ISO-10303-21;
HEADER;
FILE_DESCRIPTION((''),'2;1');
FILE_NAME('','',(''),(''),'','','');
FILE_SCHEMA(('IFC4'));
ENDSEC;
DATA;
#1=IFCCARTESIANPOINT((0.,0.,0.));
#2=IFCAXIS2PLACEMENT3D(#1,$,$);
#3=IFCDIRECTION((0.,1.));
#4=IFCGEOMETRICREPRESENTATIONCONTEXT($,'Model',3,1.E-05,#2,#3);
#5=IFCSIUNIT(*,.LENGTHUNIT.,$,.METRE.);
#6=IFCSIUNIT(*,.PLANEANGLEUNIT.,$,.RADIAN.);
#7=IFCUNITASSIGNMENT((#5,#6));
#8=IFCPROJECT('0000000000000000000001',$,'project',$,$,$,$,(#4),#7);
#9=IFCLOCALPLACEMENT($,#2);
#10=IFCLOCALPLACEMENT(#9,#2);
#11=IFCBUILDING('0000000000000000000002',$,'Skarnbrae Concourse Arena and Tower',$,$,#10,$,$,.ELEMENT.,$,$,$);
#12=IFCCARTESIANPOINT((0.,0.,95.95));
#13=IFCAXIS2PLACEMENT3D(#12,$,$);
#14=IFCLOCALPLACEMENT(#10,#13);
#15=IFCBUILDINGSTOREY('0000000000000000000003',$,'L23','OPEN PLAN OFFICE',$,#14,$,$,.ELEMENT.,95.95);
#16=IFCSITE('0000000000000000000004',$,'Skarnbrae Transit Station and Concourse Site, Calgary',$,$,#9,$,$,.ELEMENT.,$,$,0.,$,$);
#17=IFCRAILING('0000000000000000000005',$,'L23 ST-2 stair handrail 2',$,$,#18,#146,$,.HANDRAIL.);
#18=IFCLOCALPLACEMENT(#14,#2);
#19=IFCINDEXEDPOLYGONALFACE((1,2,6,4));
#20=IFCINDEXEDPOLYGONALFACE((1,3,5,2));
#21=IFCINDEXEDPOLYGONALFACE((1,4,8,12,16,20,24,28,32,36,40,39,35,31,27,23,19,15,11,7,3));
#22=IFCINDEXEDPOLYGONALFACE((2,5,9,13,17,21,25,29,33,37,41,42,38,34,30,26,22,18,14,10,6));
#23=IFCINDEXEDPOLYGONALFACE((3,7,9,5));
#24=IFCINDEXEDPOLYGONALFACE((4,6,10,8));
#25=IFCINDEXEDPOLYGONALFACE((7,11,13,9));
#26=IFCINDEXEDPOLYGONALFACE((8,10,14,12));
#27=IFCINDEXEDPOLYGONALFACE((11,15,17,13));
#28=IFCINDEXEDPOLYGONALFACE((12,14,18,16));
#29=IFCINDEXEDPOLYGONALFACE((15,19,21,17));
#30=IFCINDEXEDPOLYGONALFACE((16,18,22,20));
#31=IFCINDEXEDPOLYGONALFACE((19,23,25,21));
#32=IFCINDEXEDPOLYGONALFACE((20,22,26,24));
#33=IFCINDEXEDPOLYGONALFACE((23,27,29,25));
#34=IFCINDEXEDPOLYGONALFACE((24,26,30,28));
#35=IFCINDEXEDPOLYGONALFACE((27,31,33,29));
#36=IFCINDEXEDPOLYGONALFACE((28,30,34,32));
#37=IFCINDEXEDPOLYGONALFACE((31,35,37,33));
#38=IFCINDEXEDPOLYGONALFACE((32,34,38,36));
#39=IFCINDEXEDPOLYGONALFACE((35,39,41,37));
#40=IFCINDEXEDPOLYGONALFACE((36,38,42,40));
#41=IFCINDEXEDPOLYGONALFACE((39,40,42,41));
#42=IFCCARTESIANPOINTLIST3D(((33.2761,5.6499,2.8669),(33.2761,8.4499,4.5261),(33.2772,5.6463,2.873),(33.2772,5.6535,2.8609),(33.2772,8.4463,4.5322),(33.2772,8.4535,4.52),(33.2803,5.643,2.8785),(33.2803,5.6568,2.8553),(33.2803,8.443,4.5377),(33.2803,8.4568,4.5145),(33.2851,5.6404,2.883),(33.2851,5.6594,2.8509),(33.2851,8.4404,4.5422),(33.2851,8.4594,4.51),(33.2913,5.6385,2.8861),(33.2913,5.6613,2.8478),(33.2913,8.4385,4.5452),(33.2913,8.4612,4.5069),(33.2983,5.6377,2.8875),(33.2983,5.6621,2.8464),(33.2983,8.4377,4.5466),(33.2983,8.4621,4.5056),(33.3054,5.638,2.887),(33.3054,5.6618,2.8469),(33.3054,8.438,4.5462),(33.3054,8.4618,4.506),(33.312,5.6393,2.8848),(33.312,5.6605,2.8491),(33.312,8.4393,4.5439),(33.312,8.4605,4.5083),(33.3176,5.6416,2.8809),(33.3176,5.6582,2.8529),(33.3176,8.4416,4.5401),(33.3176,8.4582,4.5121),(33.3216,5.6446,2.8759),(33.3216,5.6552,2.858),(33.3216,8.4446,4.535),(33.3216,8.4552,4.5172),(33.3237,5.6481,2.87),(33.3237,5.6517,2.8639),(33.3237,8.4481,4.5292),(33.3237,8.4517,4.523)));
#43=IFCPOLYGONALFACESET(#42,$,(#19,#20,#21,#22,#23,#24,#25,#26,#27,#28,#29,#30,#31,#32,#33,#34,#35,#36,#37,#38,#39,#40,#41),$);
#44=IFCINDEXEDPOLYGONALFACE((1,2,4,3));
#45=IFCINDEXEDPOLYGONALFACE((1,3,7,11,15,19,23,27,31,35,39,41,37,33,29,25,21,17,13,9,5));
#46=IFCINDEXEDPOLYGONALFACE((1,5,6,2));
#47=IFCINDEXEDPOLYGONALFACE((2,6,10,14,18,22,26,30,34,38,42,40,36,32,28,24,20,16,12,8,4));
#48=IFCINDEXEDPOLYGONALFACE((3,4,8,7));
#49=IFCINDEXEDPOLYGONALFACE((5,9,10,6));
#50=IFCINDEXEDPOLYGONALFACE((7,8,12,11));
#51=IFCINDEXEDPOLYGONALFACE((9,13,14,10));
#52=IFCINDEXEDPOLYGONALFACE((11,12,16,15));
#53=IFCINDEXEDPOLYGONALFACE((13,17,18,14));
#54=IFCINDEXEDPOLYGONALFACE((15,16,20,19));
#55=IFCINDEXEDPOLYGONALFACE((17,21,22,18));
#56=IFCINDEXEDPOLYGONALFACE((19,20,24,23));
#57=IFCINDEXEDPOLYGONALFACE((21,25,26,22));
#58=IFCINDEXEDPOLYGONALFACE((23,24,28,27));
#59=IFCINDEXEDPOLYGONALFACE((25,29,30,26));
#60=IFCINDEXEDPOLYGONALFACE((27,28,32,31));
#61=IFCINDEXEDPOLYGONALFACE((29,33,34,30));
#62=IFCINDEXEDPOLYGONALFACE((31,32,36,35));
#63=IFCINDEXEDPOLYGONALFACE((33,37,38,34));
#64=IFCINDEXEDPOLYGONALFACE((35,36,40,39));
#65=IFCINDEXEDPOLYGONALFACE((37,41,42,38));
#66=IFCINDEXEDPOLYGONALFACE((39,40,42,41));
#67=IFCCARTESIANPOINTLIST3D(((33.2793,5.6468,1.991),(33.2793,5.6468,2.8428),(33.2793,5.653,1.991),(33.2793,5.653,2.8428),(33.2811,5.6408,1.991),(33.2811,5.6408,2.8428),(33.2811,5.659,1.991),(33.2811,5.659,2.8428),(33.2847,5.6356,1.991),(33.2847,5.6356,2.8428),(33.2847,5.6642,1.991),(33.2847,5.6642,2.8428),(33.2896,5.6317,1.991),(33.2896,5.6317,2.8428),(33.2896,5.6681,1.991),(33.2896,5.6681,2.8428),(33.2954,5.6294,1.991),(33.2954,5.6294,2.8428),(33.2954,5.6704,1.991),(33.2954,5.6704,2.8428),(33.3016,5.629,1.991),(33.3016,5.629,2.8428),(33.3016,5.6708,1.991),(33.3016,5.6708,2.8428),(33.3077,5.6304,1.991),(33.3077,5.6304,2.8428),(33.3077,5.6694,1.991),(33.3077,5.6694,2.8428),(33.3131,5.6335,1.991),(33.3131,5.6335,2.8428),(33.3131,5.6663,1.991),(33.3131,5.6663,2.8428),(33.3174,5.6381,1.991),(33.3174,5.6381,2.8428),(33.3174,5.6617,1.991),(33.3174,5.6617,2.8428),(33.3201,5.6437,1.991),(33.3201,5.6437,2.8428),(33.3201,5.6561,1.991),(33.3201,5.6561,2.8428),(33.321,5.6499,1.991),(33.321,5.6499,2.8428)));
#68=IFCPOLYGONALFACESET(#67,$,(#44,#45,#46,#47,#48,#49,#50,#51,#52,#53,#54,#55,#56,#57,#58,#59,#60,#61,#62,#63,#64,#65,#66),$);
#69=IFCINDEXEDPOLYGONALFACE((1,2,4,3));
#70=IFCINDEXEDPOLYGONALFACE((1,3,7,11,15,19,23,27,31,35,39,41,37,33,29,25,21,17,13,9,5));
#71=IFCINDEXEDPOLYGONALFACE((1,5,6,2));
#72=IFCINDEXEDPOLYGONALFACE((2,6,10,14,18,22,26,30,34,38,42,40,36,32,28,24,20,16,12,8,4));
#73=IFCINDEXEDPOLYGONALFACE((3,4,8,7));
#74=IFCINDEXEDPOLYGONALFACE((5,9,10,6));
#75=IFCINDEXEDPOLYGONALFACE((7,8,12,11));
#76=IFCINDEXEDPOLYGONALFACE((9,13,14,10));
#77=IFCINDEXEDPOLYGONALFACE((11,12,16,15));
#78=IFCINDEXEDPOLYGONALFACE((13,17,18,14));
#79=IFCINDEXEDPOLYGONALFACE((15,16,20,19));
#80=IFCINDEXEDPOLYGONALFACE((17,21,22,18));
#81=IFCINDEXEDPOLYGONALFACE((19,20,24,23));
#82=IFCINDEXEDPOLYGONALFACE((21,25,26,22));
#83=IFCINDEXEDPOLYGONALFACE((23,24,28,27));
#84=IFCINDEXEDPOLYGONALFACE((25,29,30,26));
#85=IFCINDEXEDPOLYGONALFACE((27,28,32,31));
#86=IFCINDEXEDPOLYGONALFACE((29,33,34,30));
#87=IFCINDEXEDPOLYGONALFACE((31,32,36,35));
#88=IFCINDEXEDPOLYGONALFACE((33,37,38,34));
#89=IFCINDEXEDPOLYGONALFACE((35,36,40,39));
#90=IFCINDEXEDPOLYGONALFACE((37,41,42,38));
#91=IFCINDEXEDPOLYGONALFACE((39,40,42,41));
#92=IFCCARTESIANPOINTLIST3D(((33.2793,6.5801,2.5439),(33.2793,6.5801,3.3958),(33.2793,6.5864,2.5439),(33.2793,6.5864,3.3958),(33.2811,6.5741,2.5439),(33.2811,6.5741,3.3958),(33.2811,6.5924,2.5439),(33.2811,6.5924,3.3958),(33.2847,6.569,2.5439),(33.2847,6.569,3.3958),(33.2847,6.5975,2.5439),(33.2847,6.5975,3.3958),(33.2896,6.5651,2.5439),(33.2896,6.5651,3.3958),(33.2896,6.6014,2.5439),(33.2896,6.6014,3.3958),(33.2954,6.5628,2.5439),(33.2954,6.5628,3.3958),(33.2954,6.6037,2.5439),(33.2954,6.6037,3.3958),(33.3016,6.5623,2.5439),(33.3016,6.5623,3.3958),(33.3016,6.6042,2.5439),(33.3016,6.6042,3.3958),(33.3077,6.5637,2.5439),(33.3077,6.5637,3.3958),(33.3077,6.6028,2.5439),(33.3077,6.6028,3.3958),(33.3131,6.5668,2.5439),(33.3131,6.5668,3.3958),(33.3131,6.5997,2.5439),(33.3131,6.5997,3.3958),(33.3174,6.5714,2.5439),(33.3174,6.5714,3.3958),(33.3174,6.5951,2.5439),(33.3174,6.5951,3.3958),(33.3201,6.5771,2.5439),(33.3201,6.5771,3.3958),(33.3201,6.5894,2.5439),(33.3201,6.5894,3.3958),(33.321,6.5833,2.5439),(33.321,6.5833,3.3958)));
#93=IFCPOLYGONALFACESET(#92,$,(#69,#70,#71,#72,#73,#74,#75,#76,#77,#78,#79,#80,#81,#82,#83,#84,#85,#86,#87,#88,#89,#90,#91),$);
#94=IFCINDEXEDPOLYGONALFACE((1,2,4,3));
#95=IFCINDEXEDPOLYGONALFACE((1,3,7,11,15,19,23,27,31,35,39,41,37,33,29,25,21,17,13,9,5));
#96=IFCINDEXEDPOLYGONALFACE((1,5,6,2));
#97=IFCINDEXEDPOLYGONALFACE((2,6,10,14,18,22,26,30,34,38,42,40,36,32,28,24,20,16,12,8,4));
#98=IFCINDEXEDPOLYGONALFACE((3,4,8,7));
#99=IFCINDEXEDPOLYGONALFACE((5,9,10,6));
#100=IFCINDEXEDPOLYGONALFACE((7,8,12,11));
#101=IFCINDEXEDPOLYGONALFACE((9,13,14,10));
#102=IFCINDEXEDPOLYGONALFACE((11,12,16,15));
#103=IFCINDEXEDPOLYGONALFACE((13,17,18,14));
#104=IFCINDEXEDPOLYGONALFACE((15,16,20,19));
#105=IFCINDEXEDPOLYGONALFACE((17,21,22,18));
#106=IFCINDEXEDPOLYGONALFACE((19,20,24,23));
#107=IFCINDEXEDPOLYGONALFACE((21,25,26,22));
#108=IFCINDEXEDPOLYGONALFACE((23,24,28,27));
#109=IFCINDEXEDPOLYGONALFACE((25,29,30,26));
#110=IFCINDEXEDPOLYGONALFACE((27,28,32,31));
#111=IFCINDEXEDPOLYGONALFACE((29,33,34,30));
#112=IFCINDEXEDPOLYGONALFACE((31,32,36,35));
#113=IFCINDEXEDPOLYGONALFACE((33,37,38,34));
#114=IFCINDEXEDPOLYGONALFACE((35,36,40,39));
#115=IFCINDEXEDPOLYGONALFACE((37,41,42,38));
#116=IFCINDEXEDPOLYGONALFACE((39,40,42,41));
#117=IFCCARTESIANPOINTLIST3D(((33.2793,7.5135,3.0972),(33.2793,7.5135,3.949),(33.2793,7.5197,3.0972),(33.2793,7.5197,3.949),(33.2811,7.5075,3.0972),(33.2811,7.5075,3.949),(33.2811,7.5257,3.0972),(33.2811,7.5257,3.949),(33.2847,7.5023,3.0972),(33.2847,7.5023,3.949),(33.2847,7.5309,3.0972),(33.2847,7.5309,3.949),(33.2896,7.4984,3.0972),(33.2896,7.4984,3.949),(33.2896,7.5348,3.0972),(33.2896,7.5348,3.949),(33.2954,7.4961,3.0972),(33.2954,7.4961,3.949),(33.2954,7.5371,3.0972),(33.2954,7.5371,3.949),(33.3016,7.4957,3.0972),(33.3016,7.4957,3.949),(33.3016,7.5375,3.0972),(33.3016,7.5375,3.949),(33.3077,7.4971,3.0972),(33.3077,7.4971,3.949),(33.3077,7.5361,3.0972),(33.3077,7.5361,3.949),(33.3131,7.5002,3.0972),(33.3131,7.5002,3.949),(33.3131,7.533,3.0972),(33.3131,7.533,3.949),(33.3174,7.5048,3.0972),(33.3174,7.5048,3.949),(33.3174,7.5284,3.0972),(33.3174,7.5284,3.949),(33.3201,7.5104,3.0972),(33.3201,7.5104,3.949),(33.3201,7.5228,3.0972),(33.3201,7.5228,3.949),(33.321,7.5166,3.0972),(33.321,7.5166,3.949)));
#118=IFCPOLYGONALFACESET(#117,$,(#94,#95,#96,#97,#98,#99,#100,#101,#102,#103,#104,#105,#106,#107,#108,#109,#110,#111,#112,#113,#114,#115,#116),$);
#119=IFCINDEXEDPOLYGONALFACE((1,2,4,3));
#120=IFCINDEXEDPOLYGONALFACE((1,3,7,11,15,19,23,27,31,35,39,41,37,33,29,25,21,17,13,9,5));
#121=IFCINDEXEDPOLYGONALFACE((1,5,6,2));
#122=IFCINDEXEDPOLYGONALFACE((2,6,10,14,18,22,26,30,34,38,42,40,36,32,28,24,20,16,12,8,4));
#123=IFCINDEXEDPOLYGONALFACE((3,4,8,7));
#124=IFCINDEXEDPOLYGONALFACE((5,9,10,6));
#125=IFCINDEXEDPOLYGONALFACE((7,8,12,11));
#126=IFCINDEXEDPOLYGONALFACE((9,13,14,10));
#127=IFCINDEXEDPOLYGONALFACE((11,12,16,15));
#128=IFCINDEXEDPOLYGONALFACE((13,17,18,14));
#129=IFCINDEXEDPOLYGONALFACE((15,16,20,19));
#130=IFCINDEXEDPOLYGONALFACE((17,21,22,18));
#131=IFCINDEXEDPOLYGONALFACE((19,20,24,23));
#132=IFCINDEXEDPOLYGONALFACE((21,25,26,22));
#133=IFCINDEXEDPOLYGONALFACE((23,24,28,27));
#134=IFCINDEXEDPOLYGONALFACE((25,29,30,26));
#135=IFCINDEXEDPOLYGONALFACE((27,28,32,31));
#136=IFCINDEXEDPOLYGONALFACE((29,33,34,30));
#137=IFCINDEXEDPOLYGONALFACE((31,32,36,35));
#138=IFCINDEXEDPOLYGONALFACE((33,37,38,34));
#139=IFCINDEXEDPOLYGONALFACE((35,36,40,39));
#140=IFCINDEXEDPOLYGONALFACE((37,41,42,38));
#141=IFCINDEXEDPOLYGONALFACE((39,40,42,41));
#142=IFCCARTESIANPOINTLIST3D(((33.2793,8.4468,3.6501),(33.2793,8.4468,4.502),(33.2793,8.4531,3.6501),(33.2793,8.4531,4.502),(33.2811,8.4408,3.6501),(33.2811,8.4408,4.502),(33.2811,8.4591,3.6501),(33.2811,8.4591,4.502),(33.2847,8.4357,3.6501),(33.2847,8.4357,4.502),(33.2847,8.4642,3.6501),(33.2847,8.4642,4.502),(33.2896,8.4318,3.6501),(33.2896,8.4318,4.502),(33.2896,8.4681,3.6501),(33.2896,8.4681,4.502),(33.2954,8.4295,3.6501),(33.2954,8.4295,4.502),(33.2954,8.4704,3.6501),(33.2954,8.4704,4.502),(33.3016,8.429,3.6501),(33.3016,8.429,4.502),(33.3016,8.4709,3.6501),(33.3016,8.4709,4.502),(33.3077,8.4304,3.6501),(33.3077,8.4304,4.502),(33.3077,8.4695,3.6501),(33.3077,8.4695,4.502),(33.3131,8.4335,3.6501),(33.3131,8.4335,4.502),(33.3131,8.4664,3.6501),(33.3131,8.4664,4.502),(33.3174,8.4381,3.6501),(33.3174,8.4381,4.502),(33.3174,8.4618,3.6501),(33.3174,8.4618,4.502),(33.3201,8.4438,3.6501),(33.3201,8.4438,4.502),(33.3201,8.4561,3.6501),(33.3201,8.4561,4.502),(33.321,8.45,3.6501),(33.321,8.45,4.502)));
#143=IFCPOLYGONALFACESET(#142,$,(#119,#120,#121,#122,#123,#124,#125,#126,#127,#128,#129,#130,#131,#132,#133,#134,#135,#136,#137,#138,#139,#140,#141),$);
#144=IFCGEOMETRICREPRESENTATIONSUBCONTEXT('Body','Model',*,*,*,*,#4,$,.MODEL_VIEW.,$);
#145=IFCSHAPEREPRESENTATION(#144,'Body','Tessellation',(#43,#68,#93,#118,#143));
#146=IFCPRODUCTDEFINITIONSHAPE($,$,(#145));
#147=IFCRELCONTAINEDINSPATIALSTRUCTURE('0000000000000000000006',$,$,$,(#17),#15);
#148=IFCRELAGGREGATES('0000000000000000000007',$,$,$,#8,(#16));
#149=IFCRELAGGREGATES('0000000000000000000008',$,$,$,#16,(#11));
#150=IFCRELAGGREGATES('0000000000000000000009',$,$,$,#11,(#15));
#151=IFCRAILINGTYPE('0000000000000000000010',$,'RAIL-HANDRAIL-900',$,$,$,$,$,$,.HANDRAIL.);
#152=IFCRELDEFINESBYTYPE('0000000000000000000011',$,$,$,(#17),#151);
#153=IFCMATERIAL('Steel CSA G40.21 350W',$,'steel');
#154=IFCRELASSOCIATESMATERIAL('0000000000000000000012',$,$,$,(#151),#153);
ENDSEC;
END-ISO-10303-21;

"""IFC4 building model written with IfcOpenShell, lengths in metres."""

from ifc_helpers import new_model, si_unit, direction, frame, origin, origin_2d, place, context, subcontext, project, spatial, circle, extrude, material, type_object, element, save


model = new_model("IFC4")

# Units and contexts
model_context = context("Model", 3, precision=1e-05, world=origin(), true_north=direction((0.0, 1.0)))
body_context = subcontext(model_context, "Body", "Model", "MODEL_VIEW")
ifc_project = project(units=[si_unit("LENGTHUNIT", "METRE"), si_unit("PLANEANGLEUNIT", "RADIAN")], contexts=[model_context])

# Site, building, storey
site_placement = place(None, origin())
site = spatial("IfcSite", under=ifc_project, at=site_placement, Name="Skarnbrae Transit Station and Concourse Site, Calgary", CompositionType="ELEMENT", RefElevation=0.0)
building_placement = place(site_placement, origin())
building = spatial("IfcBuilding", under=site, at=building_placement, Name="Skarnbrae Concourse Arena and Tower", CompositionType="ELEMENT")
storey_placement = place(building_placement, frame((0.0, 0.0, 95.95)))
storey = spatial("IfcBuildingStorey", under=building, at=storey_placement, Name="L23", Description="OPEN PLAN OFFICE", CompositionType="ELEMENT", Elevation=95.95)

# Shared definitions
ifc_material_1 = material(Name="Steel CSA G40.21 350W", Category="steel")

# Railing
railing_type_1 = type_object("IfcRailingType", Name="RAIL-HANDRAIL-900", PredefinedType="HANDRAIL", material=ifc_material_1)
railing_1_placement = place(storey_placement, frame((33.3, 5.6499, 1.991)))
element("IfcRailing", 1, at=railing_1_placement, inside=storey, type_object=railing_type_1, Name="L23 ST-2 stair handrail 2", PredefinedType="HANDRAIL", context=body_context, shape_type="SweptSolid", body=[
    extrude(circle(Radius=0.0239, at=origin_2d()), frame((0.0, 0.0, 0.876), z_axis=(0.0, 0.860306, 0.509778), x_axis=(-1.0, 0.0, 0.0)), (0.0, 0.0, 1.0), 3.2546),
    extrude(circle(Radius=0.021, at=origin_2d()), origin(), (0.0, 0.0, 1.0), 0.8518),
    extrude(circle(Radius=0.021, at=origin_2d()), frame((0.0, 0.9333, 0.553)), (0.0, 0.0, 1.0), 0.8518),
    extrude(circle(Radius=0.021, at=origin_2d()), frame((0.0, 1.8667, 1.1062)), (0.0, 0.0, 1.0), 0.8518),
    extrude(circle(Radius=0.021, at=origin_2d()), frame((0.0, 2.8, 1.6592)), (0.0, 0.0, 1.0), 0.8518),
])

save(model, "model.ifc")
